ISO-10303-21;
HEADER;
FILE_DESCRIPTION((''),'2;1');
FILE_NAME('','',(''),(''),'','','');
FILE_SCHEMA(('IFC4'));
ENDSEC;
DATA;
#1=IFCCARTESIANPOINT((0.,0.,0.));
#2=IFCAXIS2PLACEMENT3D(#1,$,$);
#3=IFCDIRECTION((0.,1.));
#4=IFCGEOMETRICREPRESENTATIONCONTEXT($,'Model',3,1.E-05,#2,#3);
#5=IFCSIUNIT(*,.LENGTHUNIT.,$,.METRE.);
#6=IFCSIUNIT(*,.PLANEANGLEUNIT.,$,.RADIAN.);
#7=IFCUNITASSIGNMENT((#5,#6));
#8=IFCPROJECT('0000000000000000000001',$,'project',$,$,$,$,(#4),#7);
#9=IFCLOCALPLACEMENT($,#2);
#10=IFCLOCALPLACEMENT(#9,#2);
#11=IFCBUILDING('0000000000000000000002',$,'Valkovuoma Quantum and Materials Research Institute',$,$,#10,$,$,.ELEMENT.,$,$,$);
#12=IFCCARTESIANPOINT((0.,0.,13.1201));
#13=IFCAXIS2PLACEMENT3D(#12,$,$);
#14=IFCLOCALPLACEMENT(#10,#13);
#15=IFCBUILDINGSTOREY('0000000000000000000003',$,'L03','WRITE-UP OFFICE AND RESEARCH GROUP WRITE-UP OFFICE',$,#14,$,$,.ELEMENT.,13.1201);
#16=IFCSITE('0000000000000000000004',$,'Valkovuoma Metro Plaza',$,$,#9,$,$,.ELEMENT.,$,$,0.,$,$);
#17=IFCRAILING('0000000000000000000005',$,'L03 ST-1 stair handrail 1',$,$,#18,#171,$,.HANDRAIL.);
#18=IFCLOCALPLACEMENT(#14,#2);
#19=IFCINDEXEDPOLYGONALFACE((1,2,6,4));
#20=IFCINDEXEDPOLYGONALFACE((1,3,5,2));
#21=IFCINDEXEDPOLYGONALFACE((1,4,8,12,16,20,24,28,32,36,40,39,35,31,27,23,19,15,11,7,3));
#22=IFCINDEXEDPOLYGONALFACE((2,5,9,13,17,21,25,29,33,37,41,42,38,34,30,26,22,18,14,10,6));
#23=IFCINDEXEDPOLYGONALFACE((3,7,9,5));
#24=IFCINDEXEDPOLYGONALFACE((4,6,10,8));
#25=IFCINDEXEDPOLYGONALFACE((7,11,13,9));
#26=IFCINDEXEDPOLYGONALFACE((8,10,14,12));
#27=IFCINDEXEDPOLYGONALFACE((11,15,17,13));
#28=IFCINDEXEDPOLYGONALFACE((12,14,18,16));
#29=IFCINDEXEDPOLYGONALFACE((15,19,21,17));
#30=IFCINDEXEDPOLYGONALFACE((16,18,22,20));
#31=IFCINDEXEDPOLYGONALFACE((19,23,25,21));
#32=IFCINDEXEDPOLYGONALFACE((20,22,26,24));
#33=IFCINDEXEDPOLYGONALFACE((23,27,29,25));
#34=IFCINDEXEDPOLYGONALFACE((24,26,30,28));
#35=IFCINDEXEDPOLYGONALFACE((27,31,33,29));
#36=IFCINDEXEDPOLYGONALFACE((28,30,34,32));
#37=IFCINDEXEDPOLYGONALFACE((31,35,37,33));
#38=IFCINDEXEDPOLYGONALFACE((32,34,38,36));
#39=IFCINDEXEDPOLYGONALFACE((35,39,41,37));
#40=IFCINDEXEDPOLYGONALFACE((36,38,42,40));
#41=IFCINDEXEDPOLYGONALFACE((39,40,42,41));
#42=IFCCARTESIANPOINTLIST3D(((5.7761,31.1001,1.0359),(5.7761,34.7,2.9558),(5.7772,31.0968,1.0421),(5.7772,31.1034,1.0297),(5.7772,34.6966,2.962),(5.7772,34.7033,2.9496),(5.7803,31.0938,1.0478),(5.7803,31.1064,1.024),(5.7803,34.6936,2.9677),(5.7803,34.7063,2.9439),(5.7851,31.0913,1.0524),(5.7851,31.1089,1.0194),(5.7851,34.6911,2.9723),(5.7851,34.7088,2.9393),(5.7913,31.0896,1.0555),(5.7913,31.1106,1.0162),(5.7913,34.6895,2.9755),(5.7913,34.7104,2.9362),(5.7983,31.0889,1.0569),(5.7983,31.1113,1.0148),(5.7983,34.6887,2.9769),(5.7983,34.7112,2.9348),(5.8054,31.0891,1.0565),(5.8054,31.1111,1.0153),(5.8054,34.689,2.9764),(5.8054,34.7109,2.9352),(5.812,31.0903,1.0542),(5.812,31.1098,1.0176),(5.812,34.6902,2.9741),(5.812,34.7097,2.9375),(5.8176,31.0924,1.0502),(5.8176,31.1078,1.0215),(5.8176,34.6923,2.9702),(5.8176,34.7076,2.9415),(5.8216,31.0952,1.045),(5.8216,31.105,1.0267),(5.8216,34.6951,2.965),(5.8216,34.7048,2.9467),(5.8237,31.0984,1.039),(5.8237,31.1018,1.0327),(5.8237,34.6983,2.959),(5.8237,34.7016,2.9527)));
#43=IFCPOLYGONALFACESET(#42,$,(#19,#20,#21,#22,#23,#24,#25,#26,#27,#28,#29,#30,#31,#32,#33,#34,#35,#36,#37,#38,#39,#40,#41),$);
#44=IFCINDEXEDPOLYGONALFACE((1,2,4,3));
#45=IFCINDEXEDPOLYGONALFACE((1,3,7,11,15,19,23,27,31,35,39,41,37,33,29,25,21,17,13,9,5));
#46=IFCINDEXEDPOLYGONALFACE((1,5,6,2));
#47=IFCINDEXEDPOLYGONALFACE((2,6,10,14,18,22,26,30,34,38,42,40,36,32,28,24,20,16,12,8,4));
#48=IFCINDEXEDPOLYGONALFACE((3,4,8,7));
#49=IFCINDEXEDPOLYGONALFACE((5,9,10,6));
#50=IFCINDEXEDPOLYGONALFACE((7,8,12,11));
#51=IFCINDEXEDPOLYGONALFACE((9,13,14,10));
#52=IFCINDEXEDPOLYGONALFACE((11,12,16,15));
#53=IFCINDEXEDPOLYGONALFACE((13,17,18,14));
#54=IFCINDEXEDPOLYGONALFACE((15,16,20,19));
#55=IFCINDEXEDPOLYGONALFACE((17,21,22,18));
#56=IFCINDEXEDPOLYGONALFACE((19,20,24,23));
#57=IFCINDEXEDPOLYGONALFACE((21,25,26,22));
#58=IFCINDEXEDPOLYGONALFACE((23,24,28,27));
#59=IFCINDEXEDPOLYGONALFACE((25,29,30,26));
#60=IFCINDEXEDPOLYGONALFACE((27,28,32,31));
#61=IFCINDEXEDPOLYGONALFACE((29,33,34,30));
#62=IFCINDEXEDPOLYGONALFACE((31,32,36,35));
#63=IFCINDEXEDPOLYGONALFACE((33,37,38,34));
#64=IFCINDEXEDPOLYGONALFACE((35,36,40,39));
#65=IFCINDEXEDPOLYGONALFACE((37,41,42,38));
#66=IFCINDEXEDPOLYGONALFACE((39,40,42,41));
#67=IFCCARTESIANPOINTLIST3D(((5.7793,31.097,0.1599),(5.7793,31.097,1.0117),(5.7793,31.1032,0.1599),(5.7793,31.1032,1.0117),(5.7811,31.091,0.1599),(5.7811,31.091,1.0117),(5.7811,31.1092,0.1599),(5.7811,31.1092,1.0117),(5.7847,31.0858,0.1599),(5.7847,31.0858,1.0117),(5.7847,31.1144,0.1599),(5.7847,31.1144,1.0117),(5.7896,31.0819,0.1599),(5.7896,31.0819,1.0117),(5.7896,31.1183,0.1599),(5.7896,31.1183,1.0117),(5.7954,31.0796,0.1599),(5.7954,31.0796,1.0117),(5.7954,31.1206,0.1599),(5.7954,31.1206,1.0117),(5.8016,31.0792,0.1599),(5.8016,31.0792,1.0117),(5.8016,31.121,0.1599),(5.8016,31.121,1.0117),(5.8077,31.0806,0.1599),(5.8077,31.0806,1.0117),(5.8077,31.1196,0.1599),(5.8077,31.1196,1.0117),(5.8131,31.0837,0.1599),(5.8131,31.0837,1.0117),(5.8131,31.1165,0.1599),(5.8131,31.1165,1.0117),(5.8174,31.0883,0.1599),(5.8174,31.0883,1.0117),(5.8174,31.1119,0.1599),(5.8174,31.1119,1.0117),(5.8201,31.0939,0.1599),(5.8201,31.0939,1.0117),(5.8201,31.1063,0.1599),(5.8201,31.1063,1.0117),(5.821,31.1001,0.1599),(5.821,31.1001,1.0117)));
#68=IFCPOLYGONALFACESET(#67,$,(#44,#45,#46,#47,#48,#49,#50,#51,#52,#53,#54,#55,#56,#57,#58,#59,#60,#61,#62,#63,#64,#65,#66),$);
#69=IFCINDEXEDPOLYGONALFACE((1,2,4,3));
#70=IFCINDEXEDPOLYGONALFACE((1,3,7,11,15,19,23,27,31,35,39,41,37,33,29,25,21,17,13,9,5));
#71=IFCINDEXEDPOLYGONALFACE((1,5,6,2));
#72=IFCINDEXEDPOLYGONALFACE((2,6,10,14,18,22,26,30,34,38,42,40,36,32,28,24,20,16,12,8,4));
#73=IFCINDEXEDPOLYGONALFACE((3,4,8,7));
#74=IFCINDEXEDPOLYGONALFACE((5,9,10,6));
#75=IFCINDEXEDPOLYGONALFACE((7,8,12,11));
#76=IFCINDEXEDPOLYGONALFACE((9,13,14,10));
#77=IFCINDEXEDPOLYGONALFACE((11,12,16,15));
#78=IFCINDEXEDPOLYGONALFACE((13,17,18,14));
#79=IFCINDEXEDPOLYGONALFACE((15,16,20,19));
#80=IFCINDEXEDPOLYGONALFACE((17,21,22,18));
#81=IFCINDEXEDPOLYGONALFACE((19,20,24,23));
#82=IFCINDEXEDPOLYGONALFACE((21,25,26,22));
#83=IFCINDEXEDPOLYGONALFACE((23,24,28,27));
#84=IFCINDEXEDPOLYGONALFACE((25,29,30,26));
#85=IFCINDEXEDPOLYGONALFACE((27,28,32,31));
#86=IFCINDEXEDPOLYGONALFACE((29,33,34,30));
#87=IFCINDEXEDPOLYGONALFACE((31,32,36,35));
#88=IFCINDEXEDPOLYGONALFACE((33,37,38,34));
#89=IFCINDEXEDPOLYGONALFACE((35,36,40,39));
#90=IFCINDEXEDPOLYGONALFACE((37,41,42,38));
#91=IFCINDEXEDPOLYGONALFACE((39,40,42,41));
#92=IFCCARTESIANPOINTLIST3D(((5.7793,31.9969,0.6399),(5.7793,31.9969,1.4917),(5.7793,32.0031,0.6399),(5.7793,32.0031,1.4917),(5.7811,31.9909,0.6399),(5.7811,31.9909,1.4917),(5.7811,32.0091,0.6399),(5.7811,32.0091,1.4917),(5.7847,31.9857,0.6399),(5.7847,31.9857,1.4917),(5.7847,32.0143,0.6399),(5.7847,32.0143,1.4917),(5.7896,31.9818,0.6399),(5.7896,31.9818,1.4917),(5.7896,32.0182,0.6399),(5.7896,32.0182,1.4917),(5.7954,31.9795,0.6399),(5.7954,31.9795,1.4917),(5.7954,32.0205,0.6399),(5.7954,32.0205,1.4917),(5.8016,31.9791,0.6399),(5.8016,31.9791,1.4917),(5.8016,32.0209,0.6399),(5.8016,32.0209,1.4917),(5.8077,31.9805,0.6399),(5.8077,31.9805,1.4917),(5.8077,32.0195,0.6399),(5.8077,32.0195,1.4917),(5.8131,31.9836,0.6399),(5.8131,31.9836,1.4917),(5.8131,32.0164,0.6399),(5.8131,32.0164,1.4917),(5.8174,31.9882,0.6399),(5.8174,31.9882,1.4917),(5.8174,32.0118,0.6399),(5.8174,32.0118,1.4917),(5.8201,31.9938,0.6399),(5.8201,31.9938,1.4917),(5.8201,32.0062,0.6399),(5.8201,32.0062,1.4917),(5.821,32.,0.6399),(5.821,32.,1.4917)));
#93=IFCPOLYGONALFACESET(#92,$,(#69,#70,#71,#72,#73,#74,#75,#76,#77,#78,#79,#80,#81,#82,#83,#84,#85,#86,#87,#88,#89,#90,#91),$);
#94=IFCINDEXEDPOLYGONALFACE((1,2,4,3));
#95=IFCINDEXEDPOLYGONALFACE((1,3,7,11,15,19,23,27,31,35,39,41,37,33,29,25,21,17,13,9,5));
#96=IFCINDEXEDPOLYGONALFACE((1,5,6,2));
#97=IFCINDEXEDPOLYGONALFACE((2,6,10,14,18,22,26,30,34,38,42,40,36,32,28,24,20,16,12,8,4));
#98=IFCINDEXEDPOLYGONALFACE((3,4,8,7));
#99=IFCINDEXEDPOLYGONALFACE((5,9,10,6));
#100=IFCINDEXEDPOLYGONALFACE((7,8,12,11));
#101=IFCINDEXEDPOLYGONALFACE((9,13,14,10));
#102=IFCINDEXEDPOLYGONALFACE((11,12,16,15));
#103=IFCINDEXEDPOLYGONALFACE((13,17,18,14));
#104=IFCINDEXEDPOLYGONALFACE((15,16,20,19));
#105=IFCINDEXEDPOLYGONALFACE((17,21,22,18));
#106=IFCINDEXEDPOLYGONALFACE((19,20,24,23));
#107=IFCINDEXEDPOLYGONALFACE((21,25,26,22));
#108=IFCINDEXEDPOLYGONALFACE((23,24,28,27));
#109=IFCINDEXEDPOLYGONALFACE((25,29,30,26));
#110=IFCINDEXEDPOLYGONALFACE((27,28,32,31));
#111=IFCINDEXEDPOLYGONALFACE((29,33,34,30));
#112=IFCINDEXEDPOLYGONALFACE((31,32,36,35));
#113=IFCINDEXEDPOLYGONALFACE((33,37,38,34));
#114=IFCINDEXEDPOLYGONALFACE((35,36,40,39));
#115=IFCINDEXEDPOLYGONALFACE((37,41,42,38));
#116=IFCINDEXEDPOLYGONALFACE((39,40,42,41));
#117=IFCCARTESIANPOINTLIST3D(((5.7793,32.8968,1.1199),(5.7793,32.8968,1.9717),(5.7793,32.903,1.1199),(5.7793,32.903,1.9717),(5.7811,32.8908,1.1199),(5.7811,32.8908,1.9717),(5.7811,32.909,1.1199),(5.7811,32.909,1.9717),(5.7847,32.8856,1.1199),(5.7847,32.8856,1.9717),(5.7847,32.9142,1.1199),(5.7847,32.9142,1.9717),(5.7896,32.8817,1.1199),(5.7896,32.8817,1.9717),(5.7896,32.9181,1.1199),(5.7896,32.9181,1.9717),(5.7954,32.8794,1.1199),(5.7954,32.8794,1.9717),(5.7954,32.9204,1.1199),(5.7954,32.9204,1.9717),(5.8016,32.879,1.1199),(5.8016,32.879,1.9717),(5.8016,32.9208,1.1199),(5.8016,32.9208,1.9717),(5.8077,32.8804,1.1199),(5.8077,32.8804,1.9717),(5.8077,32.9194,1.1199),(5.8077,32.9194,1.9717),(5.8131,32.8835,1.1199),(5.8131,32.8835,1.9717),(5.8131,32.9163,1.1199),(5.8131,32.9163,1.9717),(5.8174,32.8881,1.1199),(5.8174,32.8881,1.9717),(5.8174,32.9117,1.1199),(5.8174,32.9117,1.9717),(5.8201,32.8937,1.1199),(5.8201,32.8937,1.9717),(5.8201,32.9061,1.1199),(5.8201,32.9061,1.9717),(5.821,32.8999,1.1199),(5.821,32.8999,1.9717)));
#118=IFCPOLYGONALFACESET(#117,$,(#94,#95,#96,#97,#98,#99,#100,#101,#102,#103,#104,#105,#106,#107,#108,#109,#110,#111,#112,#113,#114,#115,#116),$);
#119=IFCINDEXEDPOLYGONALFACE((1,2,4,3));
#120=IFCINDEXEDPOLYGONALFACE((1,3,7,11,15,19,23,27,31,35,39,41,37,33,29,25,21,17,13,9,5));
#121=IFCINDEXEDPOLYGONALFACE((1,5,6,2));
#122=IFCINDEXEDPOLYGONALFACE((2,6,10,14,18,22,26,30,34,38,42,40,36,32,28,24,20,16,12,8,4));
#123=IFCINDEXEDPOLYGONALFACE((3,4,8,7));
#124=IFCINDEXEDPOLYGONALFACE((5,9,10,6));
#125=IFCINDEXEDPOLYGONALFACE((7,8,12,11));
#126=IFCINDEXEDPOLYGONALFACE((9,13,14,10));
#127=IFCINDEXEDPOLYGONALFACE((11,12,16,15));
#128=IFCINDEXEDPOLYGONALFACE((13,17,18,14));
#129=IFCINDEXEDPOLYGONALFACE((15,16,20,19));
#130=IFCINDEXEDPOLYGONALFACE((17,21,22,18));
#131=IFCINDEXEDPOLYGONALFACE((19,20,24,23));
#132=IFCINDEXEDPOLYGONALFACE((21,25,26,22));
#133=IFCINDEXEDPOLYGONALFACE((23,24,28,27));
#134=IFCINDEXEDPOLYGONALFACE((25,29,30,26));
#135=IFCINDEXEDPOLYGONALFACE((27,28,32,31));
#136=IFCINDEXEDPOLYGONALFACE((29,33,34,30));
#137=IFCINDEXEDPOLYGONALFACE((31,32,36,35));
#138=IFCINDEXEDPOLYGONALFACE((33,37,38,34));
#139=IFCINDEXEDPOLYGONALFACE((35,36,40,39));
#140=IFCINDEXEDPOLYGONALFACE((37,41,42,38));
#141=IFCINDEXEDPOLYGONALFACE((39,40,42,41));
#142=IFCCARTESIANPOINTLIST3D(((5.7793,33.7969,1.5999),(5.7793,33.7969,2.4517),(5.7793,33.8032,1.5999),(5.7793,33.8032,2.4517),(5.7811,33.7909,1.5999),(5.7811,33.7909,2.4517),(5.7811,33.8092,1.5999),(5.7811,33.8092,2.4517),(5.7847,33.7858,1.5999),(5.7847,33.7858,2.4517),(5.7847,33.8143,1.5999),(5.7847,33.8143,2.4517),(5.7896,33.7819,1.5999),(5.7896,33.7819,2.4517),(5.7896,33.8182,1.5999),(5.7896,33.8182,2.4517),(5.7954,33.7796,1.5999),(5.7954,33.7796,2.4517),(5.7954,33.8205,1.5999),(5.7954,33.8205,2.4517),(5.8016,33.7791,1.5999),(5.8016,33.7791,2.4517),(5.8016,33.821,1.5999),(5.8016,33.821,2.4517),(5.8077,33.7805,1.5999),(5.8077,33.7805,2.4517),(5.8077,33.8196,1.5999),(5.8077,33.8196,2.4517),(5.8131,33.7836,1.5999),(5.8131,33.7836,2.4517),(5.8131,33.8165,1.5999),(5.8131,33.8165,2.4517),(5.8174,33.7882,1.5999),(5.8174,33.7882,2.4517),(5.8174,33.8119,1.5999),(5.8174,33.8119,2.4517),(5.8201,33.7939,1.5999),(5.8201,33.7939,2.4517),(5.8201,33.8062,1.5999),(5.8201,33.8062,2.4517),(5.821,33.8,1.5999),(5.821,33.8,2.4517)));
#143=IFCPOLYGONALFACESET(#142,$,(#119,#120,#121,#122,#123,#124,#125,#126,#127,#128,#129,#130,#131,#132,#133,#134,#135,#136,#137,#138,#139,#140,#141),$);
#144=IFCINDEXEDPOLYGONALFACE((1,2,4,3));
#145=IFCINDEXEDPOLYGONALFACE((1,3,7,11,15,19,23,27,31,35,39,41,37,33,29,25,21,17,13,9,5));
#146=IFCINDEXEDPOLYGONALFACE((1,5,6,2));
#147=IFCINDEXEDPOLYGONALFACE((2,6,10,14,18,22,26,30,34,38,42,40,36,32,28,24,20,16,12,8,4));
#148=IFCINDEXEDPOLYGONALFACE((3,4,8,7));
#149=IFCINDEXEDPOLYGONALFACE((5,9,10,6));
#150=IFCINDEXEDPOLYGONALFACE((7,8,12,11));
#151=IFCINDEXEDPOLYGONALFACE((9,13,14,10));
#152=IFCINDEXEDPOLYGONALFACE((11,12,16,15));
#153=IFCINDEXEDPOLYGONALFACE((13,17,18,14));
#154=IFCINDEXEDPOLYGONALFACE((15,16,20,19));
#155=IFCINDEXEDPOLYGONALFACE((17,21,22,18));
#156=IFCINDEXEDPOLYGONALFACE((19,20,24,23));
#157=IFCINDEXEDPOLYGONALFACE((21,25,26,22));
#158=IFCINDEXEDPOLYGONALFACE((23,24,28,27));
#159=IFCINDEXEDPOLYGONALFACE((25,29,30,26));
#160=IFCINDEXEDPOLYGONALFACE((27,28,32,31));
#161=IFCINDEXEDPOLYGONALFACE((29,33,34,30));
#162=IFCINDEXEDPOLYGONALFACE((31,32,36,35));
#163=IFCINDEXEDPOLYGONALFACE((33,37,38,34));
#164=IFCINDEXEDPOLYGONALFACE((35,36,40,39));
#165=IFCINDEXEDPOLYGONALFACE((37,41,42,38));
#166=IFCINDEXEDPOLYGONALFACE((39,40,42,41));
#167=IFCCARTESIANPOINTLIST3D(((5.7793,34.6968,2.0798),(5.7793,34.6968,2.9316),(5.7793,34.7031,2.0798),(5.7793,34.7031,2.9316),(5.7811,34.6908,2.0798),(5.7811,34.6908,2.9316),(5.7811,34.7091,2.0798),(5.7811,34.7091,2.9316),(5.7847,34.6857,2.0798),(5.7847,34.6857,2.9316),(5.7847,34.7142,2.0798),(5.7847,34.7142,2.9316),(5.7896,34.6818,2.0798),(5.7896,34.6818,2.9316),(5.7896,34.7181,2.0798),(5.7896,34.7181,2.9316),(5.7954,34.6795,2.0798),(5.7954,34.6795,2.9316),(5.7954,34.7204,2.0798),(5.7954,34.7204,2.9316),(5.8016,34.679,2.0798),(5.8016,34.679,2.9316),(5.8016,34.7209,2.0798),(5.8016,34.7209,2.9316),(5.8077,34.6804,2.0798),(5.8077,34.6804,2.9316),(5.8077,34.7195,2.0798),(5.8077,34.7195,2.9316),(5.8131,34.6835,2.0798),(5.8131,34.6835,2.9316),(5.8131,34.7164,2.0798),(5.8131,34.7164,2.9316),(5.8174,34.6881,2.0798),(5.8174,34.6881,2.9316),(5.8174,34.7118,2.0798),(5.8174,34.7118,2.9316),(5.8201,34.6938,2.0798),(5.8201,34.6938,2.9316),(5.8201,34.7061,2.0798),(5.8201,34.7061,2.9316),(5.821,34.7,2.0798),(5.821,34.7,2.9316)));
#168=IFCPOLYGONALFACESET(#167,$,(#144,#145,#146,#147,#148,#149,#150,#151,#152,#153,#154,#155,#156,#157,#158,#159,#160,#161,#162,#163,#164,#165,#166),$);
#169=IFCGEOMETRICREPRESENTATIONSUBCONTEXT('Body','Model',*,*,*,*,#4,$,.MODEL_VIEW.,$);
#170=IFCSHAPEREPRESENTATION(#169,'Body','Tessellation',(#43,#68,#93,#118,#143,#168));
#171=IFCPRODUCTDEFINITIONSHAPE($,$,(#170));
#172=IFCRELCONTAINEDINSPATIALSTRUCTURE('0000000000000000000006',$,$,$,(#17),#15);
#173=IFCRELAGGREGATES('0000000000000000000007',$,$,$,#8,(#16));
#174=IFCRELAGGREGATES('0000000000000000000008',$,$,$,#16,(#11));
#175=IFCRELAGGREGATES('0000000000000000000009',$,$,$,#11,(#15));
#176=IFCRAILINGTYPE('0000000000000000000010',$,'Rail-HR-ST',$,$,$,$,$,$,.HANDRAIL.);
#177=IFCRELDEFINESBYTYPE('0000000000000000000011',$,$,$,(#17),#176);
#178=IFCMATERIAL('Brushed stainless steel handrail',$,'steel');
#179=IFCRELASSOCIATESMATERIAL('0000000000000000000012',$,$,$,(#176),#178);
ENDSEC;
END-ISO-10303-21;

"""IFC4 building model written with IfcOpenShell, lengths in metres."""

from ifc_helpers import new_model, si_unit, direction, frame, origin, origin_2d, place, context, subcontext, project, spatial, circle, extrude, material, type_object, element, save


model = new_model("IFC4")

# Units and contexts
model_context = context("Model", 3, precision=1e-05, world=origin(), true_north=direction((0.0, 1.0)))
body_context = subcontext(model_context, "Body", "Model", "MODEL_VIEW")
ifc_project = project(units=[si_unit("LENGTHUNIT", "METRE"), si_unit("PLANEANGLEUNIT", "RADIAN")], contexts=[model_context])

# Site, building, storey
site_placement = place(None, origin())
site = spatial("IfcSite", under=ifc_project, at=site_placement, Name="Valkovuoma Metro Plaza", CompositionType="ELEMENT", RefElevation=0.0)
building_placement = place(site_placement, origin())
building = spatial("IfcBuilding", under=site, at=building_placement, Name="Valkovuoma Quantum and Materials Research Institute", CompositionType="ELEMENT")
storey_placement = place(building_placement, frame((0.0, 0.0, 13.1201)))
storey = spatial("IfcBuildingStorey", under=building, at=storey_placement, Name="L03", Description="WRITE-UP OFFICE AND RESEARCH GROUP WRITE-UP OFFICE", CompositionType="ELEMENT", Elevation=13.1201)

# Railing
ifc_material_1 = material(Name="Brushed stainless steel handrail", Category="steel")
railing_type_1 = type_object("IfcRailingType", Name="Rail-HR-ST", PredefinedType="HANDRAIL", material=ifc_material_1)
railing_1_placement = place(storey_placement, frame((5.8, 31.1001, 0.1599)))
element("IfcRailing", 1, at=railing_1_placement, inside=storey, type_object=railing_type_1, Name="L03 ST-1 stair handrail 1", PredefinedType="HANDRAIL", context=body_context, shape_type="SweptSolid", body=[
    extrude(circle(Radius=0.0239, at=origin_2d()), frame((0.0, 0.0, 0.876), z_axis=(0.0, 0.882353, 0.470588), x_axis=(-1.0, 0.0, 0.0)), (0.0, 0.0, 1.0), 4.0798),
    extrude(circle(Radius=0.021, at=origin_2d()), origin(), (0.0, 0.0, 1.0), 0.8518),
    extrude(circle(Radius=0.021, at=origin_2d()), frame((0.0, 0.8999, 0.48)), (0.0, 0.0, 1.0), 0.8518),
    extrude(circle(Radius=0.021, at=origin_2d()), frame((0.0, 1.7998, 0.96)), (0.0, 0.0, 1.0), 0.8518),
    extrude(circle(Radius=0.021, at=origin_2d()), frame((0.0, 2.7, 1.4399)), (0.0, 0.0, 1.0), 0.8518),
    extrude(circle(Radius=0.021, at=origin_2d()), frame((0.0, 3.5999, 1.9199)), (0.0, 0.0, 1.0), 0.8518),
])

save(model, "model.ifc")
